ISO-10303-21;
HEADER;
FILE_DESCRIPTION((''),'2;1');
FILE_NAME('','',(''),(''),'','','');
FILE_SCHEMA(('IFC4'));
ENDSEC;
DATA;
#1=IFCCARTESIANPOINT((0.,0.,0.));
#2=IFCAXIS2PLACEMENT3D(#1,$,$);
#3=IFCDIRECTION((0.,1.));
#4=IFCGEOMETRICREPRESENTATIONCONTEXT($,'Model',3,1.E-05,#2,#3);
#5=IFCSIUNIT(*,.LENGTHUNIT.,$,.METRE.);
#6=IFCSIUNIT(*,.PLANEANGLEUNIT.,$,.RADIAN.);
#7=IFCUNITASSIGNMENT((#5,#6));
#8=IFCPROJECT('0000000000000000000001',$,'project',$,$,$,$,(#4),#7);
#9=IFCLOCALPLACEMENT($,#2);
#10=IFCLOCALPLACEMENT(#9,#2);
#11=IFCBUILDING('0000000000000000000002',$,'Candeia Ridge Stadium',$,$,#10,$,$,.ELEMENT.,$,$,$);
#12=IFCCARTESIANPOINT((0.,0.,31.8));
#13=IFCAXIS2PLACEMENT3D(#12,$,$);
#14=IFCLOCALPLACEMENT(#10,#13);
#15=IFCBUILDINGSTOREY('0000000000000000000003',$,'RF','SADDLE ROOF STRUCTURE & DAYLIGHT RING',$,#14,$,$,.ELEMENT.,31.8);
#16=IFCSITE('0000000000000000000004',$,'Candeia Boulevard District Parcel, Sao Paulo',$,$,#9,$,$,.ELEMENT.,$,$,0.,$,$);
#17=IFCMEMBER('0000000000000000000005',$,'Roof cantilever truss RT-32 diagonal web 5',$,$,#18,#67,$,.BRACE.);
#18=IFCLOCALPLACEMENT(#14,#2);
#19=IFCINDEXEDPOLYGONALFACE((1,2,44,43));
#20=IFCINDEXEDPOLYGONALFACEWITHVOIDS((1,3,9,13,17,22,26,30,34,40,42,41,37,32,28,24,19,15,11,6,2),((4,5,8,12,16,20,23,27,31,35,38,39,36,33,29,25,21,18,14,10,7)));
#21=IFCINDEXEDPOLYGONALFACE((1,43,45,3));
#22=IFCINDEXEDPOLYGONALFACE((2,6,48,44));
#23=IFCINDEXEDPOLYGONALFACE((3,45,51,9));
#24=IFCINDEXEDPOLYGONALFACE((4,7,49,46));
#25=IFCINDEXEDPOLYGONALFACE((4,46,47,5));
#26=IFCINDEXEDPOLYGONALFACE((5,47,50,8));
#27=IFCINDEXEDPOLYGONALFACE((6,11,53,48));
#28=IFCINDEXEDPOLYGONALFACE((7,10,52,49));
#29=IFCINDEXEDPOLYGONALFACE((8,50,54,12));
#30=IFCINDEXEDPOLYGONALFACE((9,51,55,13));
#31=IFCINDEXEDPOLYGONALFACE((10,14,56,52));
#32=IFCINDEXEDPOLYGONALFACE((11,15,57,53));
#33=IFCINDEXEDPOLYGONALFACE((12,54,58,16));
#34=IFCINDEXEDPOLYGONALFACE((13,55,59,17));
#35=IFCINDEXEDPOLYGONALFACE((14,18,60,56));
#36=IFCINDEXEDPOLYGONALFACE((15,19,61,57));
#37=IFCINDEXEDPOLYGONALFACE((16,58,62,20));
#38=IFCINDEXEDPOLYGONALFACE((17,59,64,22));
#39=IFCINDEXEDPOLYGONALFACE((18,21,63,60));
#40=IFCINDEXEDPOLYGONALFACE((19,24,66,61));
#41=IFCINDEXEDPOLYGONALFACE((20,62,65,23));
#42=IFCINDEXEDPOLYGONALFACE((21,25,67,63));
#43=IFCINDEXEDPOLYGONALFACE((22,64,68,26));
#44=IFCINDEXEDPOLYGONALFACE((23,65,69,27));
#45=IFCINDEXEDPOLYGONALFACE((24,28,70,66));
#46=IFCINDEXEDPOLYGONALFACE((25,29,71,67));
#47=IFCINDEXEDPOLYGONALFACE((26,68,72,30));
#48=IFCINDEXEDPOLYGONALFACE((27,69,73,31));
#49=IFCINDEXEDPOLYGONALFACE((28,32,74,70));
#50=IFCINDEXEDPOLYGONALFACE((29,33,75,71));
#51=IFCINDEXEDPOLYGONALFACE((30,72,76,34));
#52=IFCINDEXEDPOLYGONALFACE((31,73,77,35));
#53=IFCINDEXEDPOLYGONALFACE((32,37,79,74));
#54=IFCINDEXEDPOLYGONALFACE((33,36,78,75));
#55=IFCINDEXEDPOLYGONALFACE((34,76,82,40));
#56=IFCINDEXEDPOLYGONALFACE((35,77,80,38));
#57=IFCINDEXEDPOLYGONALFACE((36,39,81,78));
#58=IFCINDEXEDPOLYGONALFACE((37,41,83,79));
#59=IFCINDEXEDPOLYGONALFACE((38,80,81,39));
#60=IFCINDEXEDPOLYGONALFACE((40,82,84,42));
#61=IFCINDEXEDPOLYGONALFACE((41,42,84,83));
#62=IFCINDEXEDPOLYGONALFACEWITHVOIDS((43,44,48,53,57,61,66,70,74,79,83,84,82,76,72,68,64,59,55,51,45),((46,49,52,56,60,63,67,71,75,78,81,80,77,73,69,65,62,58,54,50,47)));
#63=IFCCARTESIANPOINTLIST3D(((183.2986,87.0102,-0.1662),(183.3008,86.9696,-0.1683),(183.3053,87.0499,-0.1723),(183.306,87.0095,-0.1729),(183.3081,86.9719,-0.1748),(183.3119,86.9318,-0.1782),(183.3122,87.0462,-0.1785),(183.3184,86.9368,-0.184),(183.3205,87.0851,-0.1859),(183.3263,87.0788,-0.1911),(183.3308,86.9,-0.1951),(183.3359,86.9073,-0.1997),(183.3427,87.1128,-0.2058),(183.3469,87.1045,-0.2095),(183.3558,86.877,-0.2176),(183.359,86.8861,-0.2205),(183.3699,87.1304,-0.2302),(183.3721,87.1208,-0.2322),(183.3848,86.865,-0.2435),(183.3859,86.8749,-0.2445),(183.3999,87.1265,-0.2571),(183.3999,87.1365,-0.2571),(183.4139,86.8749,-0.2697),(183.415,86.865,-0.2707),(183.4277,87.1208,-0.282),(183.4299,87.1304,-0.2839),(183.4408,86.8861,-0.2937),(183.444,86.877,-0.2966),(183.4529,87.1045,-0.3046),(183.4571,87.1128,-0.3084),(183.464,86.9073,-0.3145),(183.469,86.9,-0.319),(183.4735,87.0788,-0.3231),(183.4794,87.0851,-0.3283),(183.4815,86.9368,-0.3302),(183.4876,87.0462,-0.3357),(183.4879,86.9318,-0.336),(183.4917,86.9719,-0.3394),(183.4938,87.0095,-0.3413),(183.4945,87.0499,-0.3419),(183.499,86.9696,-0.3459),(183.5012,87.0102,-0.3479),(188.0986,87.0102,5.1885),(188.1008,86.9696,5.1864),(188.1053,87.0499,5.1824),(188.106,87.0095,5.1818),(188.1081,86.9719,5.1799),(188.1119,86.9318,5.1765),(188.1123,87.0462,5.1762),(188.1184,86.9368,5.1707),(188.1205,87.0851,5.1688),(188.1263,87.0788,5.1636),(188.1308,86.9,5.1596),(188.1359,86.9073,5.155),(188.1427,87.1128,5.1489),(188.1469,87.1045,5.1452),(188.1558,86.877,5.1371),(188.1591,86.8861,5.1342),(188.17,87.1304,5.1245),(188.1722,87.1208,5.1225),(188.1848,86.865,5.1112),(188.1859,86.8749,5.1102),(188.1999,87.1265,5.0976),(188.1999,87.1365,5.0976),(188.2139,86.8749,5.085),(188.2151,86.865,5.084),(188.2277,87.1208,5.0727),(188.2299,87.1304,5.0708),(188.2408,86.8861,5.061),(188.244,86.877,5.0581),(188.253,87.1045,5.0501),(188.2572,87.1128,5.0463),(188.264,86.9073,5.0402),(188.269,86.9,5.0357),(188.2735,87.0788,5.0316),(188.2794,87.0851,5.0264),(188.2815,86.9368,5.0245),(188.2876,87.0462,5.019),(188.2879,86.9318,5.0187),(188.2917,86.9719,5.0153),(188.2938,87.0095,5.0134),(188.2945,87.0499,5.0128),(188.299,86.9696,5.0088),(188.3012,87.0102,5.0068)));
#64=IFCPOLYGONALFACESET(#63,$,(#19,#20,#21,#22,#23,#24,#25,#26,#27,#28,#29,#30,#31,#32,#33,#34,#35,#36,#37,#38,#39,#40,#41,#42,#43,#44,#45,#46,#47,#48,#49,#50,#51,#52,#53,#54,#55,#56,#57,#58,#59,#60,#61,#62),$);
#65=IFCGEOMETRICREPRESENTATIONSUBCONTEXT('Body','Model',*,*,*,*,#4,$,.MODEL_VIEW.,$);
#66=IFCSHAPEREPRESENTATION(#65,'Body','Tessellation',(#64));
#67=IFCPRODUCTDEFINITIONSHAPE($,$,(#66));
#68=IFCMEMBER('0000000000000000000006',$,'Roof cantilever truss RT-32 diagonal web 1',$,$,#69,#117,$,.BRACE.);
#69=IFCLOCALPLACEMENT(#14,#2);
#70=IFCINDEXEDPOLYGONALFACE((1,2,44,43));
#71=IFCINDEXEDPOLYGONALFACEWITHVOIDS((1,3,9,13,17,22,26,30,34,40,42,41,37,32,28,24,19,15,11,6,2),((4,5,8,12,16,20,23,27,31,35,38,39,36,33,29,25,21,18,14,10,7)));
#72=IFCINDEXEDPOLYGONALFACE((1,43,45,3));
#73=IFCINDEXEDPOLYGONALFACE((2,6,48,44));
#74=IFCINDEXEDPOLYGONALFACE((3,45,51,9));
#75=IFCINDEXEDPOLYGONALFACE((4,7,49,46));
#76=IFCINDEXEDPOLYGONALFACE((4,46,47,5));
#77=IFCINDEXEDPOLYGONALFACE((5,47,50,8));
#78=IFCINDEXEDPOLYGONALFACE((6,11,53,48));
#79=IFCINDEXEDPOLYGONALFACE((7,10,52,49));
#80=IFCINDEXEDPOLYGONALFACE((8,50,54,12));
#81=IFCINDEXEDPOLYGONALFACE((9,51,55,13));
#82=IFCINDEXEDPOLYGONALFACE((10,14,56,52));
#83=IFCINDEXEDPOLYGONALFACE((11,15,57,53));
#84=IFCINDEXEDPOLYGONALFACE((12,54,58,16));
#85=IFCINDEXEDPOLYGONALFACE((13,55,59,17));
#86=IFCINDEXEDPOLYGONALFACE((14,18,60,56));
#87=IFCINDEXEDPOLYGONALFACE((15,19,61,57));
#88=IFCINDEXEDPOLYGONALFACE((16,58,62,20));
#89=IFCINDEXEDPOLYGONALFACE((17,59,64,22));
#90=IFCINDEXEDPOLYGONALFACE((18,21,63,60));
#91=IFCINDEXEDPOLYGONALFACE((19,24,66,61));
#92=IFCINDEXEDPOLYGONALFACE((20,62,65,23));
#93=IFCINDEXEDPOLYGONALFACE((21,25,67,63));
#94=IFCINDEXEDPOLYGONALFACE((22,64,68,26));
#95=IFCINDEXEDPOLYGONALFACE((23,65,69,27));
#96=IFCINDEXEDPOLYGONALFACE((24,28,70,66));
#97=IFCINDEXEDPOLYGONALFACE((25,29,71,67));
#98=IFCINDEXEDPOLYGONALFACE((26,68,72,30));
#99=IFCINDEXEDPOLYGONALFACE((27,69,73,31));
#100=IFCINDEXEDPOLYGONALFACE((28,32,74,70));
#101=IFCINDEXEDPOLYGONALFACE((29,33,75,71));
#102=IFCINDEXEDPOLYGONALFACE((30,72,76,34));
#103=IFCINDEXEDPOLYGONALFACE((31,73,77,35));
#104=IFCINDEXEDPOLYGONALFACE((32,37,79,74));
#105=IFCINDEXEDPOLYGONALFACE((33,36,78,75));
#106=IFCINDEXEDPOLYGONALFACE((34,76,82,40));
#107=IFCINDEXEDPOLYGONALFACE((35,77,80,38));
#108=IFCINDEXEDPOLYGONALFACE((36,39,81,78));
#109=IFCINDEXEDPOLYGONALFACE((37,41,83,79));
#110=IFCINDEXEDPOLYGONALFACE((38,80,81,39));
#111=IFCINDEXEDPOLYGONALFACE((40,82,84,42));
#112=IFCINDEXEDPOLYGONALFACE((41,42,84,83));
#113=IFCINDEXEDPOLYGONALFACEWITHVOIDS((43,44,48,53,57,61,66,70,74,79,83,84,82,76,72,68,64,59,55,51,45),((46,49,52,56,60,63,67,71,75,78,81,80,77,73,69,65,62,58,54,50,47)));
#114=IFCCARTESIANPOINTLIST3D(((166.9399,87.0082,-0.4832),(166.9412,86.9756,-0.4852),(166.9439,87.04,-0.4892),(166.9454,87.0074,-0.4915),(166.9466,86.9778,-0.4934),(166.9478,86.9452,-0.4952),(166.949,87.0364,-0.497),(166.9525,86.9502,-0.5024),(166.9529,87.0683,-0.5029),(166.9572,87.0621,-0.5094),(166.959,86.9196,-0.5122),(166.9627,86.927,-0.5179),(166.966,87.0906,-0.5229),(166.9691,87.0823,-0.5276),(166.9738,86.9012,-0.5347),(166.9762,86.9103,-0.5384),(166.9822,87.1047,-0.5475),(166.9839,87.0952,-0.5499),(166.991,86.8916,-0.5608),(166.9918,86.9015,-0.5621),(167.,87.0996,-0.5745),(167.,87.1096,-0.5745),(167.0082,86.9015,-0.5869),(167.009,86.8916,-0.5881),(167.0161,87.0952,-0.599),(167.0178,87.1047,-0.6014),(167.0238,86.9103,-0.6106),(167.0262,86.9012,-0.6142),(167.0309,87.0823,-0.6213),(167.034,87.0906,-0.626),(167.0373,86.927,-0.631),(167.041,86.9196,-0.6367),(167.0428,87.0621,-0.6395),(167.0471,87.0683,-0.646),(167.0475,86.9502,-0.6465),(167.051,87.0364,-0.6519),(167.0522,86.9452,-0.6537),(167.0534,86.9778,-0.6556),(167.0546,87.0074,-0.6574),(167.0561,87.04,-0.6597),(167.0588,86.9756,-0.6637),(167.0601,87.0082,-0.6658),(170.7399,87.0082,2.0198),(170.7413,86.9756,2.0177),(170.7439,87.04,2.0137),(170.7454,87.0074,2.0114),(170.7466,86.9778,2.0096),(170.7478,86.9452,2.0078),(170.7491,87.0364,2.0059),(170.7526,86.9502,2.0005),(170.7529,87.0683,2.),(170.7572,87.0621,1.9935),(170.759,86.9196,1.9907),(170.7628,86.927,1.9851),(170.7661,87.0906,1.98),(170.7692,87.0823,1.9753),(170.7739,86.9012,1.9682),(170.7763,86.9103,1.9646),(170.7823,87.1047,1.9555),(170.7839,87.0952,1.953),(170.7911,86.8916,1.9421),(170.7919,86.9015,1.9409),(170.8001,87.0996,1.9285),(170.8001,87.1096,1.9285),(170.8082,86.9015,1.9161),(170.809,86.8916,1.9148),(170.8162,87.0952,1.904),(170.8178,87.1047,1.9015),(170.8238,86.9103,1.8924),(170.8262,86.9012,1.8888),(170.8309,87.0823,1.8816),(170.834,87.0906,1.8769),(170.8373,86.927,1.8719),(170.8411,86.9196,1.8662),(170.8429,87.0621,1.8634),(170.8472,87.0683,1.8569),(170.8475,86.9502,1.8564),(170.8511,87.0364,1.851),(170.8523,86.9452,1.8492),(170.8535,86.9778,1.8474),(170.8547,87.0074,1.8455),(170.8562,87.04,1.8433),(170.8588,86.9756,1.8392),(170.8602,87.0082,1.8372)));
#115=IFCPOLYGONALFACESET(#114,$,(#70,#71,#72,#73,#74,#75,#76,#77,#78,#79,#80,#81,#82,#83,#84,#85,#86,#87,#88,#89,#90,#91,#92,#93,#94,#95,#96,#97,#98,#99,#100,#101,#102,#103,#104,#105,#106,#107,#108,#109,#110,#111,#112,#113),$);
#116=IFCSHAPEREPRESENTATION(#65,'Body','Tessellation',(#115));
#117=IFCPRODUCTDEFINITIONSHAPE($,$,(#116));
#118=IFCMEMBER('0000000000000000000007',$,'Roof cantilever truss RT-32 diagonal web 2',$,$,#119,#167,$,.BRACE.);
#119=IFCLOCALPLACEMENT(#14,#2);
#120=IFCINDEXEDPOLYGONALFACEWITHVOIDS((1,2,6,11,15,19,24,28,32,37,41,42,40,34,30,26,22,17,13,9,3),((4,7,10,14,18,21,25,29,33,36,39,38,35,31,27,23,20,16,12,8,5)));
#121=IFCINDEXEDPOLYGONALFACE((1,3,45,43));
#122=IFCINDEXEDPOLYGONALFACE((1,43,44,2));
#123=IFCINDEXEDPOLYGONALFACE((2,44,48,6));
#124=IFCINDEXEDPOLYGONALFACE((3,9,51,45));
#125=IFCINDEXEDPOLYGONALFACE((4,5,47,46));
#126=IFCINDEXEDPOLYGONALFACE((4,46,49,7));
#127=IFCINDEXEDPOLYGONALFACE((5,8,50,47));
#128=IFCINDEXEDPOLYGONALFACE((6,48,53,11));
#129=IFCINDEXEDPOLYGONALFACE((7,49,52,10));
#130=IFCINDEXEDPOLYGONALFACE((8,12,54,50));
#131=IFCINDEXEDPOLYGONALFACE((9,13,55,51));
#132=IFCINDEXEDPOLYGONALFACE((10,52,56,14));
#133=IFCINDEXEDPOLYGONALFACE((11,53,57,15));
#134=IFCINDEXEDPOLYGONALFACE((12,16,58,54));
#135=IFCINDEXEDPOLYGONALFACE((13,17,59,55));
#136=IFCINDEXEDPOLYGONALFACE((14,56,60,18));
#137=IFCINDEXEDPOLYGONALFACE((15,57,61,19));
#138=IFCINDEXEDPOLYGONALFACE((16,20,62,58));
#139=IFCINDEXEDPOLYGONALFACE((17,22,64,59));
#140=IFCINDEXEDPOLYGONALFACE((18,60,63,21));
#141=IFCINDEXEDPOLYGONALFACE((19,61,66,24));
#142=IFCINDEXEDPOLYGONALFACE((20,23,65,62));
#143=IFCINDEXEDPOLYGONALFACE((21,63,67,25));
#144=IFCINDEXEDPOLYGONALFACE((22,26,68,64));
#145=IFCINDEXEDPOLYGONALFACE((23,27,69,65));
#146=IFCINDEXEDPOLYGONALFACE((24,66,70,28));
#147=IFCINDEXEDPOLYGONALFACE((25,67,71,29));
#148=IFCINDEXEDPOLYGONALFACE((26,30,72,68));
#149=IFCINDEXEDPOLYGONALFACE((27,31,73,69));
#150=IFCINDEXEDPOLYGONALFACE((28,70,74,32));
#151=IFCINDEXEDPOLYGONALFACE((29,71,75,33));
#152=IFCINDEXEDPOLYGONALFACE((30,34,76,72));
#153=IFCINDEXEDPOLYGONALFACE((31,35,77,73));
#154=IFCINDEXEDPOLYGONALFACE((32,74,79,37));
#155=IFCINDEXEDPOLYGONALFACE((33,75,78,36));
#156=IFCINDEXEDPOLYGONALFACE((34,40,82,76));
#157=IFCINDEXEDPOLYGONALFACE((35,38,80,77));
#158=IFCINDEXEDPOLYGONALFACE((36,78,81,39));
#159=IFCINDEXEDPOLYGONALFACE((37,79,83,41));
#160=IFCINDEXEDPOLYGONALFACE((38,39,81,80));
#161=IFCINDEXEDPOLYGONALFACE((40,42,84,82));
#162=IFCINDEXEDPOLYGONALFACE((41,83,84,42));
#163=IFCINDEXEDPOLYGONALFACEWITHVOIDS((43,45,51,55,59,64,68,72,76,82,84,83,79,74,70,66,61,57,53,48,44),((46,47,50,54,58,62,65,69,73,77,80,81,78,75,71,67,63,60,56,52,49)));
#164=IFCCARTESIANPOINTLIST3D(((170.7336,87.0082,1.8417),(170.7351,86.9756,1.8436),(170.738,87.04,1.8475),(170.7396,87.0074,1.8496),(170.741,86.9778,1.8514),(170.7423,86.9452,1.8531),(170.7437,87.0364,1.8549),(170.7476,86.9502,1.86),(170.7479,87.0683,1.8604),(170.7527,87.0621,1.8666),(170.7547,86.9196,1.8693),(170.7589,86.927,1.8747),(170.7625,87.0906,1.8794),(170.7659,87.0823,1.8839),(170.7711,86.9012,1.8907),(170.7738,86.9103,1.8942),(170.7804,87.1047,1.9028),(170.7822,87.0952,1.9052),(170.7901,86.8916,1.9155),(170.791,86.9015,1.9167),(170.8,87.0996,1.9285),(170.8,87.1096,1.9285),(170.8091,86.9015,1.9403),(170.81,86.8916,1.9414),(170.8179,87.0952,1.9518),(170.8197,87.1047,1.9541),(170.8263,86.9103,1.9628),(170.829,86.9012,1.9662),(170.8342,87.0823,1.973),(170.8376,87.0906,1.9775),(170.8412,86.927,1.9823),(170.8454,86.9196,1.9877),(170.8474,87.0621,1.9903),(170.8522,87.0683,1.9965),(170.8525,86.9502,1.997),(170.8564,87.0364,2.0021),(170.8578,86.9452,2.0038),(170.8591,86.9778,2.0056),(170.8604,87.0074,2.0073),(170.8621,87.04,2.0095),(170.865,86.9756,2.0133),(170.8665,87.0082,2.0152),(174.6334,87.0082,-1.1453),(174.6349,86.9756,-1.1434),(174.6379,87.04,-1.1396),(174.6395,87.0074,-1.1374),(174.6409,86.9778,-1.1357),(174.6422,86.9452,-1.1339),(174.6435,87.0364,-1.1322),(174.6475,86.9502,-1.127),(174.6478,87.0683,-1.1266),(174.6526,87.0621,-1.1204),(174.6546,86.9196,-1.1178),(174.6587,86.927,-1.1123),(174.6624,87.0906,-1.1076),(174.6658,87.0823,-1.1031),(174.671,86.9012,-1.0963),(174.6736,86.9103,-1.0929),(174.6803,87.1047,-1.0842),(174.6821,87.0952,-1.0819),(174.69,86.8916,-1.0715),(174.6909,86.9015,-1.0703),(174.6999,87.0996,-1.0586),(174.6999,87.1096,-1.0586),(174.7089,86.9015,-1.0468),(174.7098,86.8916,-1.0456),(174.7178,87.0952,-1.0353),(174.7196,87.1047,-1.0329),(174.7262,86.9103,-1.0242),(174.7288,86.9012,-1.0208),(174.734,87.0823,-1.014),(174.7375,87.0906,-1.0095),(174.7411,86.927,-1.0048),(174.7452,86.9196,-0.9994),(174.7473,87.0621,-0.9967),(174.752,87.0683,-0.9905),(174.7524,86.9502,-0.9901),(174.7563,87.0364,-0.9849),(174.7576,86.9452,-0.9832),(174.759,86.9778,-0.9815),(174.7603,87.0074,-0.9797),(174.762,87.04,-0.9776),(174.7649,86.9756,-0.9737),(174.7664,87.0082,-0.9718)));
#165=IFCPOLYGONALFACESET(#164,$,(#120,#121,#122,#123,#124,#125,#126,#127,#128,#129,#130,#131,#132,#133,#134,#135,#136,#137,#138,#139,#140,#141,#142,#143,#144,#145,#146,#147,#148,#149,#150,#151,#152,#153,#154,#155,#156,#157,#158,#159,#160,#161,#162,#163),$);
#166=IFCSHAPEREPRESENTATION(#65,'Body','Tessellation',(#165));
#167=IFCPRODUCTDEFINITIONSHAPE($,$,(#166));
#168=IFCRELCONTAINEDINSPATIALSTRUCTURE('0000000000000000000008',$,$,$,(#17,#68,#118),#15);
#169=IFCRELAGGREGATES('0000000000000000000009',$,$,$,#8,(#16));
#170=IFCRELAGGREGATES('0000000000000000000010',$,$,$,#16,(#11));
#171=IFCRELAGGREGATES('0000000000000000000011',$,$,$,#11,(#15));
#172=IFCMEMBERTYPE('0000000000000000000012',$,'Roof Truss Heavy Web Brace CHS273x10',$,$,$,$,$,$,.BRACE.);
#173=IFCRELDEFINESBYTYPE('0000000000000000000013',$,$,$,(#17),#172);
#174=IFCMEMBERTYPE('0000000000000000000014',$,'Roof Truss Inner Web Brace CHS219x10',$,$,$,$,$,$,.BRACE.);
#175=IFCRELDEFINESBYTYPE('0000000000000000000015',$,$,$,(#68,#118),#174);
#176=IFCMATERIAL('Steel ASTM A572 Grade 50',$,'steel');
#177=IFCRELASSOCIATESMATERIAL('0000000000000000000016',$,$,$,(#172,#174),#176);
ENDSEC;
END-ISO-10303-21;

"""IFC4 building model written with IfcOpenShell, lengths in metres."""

from ifc_helpers import new_model, si_unit, direction, frame, origin, origin_2d, place, context, subcontext, project, spatial, hollow_circle, extrude, material, material_profile, profile_set, type_object, element, save


model = new_model("IFC4")

# Units and contexts
model_context = context("Model", 3, precision=1e-05, world=origin(), true_north=direction((0.0, 1.0)))
body_context = subcontext(model_context, "Body", "Model", "MODEL_VIEW")
ifc_project = project(units=[si_unit("LENGTHUNIT", "METRE"), si_unit("PLANEANGLEUNIT", "RADIAN")], contexts=[model_context])

# Site, building, storey
site_placement = place(None, origin())
site = spatial("IfcSite", under=ifc_project, at=site_placement, Name="Candeia Boulevard District Parcel, Sao Paulo", CompositionType="ELEMENT", RefElevation=0.0)
building_placement = place(site_placement, origin())
building = spatial("IfcBuilding", under=site, at=building_placement, Name="Candeia Ridge Stadium", CompositionType="ELEMENT")
storey_placement = place(building_placement, frame((0.0, 0.0, 31.8)))
storey = spatial("IfcBuildingStorey", under=building, at=storey_placement, Name="RF", Description="SADDLE ROOF STRUCTURE & DAYLIGHT RING", CompositionType="ELEMENT", Elevation=31.8)

# Shared definitions
ifc_material_1 = material(Name="Steel ASTM A572 Grade 50", Category="steel")

# Members
ifc_material_profile_1 = material_profile(ifc_material_1, hollow_circle(Radius=0.1365, WallThickness=0.01, at=origin_2d()), Name="CHS273x10", Category="steel")
ifc_profile_set_1 = profile_set([ifc_material_profile_1], Name="Steel ASTM A572 Grade 50")
member_type_1 = type_object("IfcMemberType", Name="Roof Truss Heavy Web Brace CHS273x10", PredefinedType="BRACE", material=ifc_profile_set_1)
member_1_placement = place(storey_placement, frame((183.3999, 87.0, -0.2571), z_axis=(0.667487, 0.0, 0.744621), x_axis=(0.0, 1.0, 0.0)))
element("IfcMember", 1, at=member_1_placement, inside=storey, type_object=member_type_1, Name="Roof cantilever truss RT-32 diagonal web 5", PredefinedType="BRACE", context=body_context, shape_type="SweptSolid", body=[
    extrude(hollow_circle(Radius=0.1365, WallThickness=0.01, at=origin_2d()), origin(), (0.0, 0.0, 1.0), 7.1912),
])
ifc_material_profile_2 = material_profile(ifc_material_1, hollow_circle(Radius=0.1096, WallThickness=0.01, at=origin_2d()), Name="CHS219x10", Category="steel")
ifc_profile_set_2 = profile_set([ifc_material_profile_2], Name="Steel ASTM A572 Grade 50")
member_type_2 = type_object("IfcMemberType", Name="Roof Truss Inner Web Brace CHS219x10", PredefinedType="BRACE", material=ifc_profile_set_2)
member_2_placement = place(storey_placement, frame((167.0, 87.0, -0.5745), z_axis=(0.835125, 0.0, 0.550061), x_axis=(0.0, 1.0, 0.0)))
element("IfcMember", 2, at=member_2_placement, inside=storey, type_object=member_type_2, Name="Roof cantilever truss RT-32 diagonal web 1", PredefinedType="BRACE", context=body_context, shape_type="SweptSolid", body=[
    extrude(hollow_circle(Radius=0.1096, WallThickness=0.01, at=origin_2d()), origin(), (0.0, 0.0, 1.0), 4.5503),
])
member_3_placement = place(storey_placement, frame((170.8, 87.0, 1.9285), z_axis=(0.793888, 0.0, -0.608064), x_axis=(0.0, 1.0, 0.0)))
element("IfcMember", 3, at=member_3_placement, inside=storey, type_object=member_type_2, Name="Roof cantilever truss RT-32 diagonal web 2", PredefinedType="BRACE", context=body_context, shape_type="SweptSolid", body=[
    extrude(hollow_circle(Radius=0.1096, WallThickness=0.01, at=origin_2d()), origin(), (0.0, 0.0, 1.0), 4.9124),
])

save(model, "model.ifc")
